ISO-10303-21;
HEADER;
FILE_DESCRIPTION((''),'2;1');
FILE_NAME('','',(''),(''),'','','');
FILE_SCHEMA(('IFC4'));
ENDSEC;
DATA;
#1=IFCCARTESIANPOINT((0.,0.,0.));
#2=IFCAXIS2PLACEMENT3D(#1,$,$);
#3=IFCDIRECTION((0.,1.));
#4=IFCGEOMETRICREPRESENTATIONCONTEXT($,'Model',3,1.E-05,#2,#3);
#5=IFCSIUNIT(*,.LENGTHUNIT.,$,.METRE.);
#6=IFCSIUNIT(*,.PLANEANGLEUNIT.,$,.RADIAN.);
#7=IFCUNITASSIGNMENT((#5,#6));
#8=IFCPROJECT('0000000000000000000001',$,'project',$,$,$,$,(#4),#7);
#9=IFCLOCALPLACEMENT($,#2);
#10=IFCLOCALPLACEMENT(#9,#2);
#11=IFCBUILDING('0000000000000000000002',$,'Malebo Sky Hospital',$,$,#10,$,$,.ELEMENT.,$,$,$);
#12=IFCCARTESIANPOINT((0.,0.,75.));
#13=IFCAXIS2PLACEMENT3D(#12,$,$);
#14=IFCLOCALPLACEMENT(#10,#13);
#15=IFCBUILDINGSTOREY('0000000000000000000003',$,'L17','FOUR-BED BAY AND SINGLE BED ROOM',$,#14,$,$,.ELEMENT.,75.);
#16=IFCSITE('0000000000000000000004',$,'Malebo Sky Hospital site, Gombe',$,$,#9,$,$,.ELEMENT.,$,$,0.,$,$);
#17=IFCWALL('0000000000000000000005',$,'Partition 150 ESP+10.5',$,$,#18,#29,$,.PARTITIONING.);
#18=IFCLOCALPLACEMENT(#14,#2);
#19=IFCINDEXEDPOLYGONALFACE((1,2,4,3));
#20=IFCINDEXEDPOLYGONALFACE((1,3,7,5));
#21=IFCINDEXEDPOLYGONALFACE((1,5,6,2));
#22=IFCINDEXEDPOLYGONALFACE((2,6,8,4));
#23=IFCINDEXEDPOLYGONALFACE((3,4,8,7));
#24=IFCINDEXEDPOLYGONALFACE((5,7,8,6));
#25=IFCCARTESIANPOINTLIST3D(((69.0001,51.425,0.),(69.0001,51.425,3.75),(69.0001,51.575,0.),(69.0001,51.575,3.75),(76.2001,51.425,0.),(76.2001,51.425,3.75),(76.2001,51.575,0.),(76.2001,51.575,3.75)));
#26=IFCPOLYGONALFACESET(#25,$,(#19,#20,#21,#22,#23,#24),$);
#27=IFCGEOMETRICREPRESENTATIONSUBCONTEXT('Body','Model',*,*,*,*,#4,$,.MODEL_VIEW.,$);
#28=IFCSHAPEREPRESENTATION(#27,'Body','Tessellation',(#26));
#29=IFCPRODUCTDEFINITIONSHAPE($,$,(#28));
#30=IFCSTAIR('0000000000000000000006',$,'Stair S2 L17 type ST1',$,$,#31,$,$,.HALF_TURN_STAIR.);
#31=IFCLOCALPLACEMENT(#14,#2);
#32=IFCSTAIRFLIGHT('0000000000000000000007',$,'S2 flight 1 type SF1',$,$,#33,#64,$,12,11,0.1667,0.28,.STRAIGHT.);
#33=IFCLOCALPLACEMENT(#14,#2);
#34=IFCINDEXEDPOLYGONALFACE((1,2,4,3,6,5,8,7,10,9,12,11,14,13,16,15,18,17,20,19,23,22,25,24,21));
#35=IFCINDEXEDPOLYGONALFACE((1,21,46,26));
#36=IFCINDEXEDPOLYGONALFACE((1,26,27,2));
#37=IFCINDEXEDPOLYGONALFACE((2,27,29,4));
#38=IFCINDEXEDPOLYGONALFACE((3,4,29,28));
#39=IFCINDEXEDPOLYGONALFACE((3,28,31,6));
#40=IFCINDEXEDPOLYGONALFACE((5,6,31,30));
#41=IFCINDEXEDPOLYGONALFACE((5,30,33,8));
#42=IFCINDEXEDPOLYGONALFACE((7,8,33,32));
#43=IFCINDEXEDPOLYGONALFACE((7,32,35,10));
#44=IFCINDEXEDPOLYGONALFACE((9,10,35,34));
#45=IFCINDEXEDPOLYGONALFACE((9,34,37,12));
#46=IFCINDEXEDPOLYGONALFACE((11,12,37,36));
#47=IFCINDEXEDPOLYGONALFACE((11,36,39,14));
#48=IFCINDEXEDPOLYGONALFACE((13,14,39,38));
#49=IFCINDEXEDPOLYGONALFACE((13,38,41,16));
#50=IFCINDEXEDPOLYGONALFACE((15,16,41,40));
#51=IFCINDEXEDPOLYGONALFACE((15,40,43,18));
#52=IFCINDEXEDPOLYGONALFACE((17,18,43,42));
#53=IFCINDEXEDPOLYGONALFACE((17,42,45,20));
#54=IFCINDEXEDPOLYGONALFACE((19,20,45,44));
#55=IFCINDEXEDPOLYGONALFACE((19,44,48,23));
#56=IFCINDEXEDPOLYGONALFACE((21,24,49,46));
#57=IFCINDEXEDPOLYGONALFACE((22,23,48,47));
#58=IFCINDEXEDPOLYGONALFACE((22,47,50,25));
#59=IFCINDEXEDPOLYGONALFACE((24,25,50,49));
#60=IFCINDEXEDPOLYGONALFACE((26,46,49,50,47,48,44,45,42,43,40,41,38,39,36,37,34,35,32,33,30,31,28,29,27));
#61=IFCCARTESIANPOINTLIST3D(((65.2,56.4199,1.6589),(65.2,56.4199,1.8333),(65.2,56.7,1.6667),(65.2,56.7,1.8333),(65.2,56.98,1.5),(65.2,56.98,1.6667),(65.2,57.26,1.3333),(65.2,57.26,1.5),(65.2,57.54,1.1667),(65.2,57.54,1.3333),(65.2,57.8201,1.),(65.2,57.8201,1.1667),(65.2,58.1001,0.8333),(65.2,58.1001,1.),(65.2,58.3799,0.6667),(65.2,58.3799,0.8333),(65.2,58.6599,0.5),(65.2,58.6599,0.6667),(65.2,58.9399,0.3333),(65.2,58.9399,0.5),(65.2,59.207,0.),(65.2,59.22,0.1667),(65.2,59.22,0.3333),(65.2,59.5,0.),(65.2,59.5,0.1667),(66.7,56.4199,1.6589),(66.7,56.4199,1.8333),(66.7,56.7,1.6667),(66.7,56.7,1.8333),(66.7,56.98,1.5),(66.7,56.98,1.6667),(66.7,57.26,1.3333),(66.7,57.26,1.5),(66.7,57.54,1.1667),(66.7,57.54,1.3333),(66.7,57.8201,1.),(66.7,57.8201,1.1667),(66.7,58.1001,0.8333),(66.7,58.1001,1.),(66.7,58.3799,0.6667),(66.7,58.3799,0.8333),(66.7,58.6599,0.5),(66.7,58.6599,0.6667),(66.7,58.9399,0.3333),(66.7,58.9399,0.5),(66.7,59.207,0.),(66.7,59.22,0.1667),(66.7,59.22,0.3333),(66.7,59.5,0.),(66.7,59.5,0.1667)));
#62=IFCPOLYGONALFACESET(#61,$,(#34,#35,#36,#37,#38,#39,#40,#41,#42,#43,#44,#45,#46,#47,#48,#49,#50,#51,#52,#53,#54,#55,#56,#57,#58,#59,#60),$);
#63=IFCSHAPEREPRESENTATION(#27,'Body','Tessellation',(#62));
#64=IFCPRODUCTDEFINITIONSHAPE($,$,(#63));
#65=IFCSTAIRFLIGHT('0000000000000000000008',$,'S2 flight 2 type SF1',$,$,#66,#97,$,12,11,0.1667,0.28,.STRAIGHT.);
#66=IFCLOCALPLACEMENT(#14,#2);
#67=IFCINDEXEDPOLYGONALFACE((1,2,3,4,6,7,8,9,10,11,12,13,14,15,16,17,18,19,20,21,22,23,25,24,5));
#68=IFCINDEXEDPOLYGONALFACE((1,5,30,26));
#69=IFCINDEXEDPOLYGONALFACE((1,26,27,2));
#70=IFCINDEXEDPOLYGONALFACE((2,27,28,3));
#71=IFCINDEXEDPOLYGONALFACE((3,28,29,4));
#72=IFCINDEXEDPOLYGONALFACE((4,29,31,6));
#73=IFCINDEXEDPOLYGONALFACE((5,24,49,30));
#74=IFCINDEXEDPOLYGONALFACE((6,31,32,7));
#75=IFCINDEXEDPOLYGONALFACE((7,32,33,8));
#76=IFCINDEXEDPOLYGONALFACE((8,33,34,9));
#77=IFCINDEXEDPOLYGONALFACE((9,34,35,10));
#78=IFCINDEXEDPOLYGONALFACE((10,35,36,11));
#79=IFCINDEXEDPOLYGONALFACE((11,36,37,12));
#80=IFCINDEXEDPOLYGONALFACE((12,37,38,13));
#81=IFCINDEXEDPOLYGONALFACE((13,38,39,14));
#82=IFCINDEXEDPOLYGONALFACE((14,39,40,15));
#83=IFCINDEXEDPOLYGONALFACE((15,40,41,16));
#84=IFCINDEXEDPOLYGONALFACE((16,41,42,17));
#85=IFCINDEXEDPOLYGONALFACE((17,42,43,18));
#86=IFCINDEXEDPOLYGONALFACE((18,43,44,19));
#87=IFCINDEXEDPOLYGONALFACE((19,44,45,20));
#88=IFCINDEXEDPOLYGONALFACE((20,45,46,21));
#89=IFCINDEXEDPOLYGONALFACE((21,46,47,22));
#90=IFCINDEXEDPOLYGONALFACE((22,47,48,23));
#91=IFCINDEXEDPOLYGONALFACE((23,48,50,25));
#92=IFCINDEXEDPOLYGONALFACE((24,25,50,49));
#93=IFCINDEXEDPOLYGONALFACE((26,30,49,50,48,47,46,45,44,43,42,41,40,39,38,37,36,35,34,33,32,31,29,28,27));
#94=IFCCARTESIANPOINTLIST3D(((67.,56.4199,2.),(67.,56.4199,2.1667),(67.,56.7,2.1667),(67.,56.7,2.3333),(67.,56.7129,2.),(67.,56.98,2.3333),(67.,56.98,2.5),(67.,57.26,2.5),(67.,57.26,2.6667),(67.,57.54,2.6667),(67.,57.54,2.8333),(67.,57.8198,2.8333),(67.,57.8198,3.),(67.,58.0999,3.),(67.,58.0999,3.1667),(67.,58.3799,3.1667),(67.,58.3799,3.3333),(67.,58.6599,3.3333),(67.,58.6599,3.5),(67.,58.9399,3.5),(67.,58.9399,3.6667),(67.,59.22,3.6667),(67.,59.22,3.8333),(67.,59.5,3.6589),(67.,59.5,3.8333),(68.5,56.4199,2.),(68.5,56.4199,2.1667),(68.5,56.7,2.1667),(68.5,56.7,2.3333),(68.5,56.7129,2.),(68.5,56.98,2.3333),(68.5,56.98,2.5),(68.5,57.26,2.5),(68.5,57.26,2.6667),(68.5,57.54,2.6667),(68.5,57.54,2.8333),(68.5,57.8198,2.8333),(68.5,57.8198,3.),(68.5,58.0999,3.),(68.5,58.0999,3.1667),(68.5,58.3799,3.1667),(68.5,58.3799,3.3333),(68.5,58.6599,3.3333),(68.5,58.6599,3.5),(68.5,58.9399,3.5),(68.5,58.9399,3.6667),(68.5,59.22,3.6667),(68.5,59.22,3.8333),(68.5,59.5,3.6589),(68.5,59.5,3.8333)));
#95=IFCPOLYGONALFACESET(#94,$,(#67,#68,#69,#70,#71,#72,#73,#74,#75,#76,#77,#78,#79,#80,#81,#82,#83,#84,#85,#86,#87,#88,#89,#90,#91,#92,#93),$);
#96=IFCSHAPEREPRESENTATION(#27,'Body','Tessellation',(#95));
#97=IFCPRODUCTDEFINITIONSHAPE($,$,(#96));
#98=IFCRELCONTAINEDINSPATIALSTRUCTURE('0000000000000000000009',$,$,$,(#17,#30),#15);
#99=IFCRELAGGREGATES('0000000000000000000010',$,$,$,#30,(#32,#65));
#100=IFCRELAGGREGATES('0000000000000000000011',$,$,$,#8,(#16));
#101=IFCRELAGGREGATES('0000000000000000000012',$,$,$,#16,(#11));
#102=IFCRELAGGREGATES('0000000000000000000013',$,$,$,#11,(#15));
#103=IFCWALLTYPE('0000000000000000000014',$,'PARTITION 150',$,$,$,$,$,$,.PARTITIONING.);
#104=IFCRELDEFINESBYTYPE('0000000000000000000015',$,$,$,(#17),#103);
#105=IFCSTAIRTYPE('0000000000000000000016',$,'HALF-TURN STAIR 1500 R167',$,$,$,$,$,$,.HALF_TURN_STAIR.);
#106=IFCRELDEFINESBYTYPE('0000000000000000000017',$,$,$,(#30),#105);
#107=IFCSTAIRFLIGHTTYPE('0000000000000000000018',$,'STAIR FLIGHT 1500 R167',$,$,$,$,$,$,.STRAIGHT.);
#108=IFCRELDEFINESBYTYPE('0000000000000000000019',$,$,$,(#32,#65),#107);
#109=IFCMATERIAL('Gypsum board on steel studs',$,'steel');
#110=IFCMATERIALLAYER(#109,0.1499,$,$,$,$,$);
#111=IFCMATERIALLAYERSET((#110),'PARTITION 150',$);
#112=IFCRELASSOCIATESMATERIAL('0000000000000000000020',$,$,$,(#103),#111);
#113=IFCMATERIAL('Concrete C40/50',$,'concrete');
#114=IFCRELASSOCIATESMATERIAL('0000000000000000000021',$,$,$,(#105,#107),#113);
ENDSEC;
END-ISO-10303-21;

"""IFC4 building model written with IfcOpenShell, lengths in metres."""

from ifc_helpers import new_model, si_unit, direction, frame, frame_2d, origin, place, context, subcontext, project, spatial, polyline, rectangle, outline, extrude, material, layer, layer_set, type_object, element, aggregate, save


model = new_model("IFC4")

# Units and contexts
model_context = context("Model", 3, precision=1e-05, world=origin(), true_north=direction((0.0, 1.0)))
body_context = subcontext(model_context, "Body", "Model", "MODEL_VIEW")
ifc_project = project(units=[si_unit("LENGTHUNIT", "METRE"), si_unit("PLANEANGLEUNIT", "RADIAN")], contexts=[model_context])

# Site, building, storey
site_placement = place(None, origin())
site = spatial("IfcSite", under=ifc_project, at=site_placement, Name="Malebo Sky Hospital site, Gombe", CompositionType="ELEMENT", RefElevation=0.0)
building_placement = place(site_placement, origin())
building = spatial("IfcBuilding", under=site, at=building_placement, Name="Malebo Sky Hospital", CompositionType="ELEMENT")
storey_placement = place(building_placement, frame((0.0, 0.0, 75.0)))
storey = spatial("IfcBuildingStorey", under=building, at=storey_placement, Name="L17", Description="FOUR-BED BAY AND SINGLE BED ROOM", CompositionType="ELEMENT", Elevation=75.0)

# Shared definitions
ifc_material_1 = material(Name="Gypsum board on steel studs", Category="steel")
ifc_layer_1 = layer(ifc_material_1, 0.1499)
ifc_layer_set_1 = layer_set([ifc_layer_1], Name="PARTITION 150")
wall_type_1 = type_object("IfcWallType", Name="PARTITION 150", PredefinedType="PARTITIONING", material=ifc_layer_set_1)

# Wall
for number, where, z_axis, x_axis, name in (
    (1, (69.0, 51.5, 0.0), (0.0, 0.0, 1.0), (1.0, 0.0, 0.0), "Partition 150 ESP+10.5"),
):
    element("IfcWall", number, at=place(storey_placement, frame(where, z_axis=z_axis, x_axis=x_axis)), inside=storey, type_object=wall_type_1, Name=name, PredefinedType="PARTITIONING", context=body_context, shape_type="SweptSolid", body=[
        extrude(rectangle(XDim=7.2, YDim=0.1499, at=frame_2d((3.6001, 0.0))), origin(), (0.0, 0.0, 1.0), 3.75),
    ])

# Stair, stair flights
ifc_material_2 = material(Name="Concrete C40/50", Category="concrete")
stair_type = type_object("IfcStairType", Name="HALF-TURN STAIR 1500 R167", PredefinedType="HALF_TURN_STAIR", material=ifc_material_2)
stair_placement = place(storey_placement, origin())
stair = element("IfcStair", 2, at=stair_placement, inside=storey, type_object=stair_type, Name="Stair S2 L17 type ST1", PredefinedType="HALF_TURN_STAIR")
stair_flight_type = type_object("IfcStairFlightType", Name="STAIR FLIGHT 1500 R167", PredefinedType="STRAIGHT", material=ifc_material_2)
stair_flight_1_placement = place(storey_placement, frame((65.95, 59.5, 0.0), z_axis=(0.0, 0.0, 1.0), x_axis=(0.0, -1.0, 0.0)))
stair_flight_1 = element("IfcStairFlight", 3, at=stair_flight_1_placement, type_object=stair_flight_type, Name="S2 flight 1 type SF1", NumberOfRisers=12, NumberOfTreads=11, PredefinedType="STRAIGHT", RiserHeight=0.1667, TreadLength=0.28, context=body_context, shape_type="SweptSolid", body=[
    extrude(outline(polyline([(0.0, 0.0), (0.0, 0.1667), (0.28, 0.1667), (0.28, 0.3333), (0.5601, 0.3333), (0.5601, 0.5), (0.8401, 0.5), (0.8401, 0.6667), (1.1201, 0.6667), (1.1201, 0.8333), (1.3999, 0.8333), (1.3999, 1.0), (1.6799, 1.0), (1.6799, 1.1667), (1.96, 1.1667), (1.96, 1.3333), (2.24, 1.3333), (2.24, 1.5), (2.52, 1.5), (2.52, 1.6667), (2.8, 1.6667), (2.8, 1.8333), (3.0801, 1.8333), (3.0801, 2.0), (3.0801, 1.6589), (0.293, 0.0), (0.0, 0.0)])), frame((0.0, 0.75, 0.0), z_axis=(0.0, -1.0, 0.0), x_axis=(1.0, 0.0, 0.0)), (0.0, 0.0, 1.0), 1.5),
])
stair_flight_2_placement = place(storey_placement, frame((67.75, 56.4199, 2.0), z_axis=(0.0, 0.0, 1.0), x_axis=(0.0, 1.0, 0.0)))
stair_flight_2 = element("IfcStairFlight", 4, at=stair_flight_2_placement, type_object=stair_flight_type, Name="S2 flight 2 type SF1", NumberOfRisers=12, NumberOfTreads=11, PredefinedType="STRAIGHT", RiserHeight=0.1667, TreadLength=0.28, context=body_context, shape_type="SweptSolid", body=[
    extrude(outline(polyline([(0.0, 0.0), (0.0, 0.1667), (0.28, 0.1667), (0.28, 0.3333), (0.5601, 0.3333), (0.5601, 0.5), (0.8401, 0.5), (0.8401, 0.6667), (1.1201, 0.6667), (1.1201, 0.8333), (1.3999, 0.8333), (1.3999, 1.0), (1.6799, 1.0), (1.6799, 1.1667), (1.96, 1.1667), (1.96, 1.3333), (2.24, 1.3333), (2.24, 1.5), (2.52, 1.5), (2.52, 1.6667), (2.8, 1.6667), (2.8, 1.8333), (3.0801, 1.8333), (3.0801, 2.0), (3.0801, 1.6589), (0.293, 0.0), (0.0, 0.0)])), frame((0.0, 0.75, 0.0), z_axis=(0.0, -1.0, 0.0), x_axis=(1.0, 0.0, 0.0)), (0.0, 0.0, 1.0), 1.5),
])
aggregate(stair, [stair_flight_1, stair_flight_2])

save(model, "model.ifc")
